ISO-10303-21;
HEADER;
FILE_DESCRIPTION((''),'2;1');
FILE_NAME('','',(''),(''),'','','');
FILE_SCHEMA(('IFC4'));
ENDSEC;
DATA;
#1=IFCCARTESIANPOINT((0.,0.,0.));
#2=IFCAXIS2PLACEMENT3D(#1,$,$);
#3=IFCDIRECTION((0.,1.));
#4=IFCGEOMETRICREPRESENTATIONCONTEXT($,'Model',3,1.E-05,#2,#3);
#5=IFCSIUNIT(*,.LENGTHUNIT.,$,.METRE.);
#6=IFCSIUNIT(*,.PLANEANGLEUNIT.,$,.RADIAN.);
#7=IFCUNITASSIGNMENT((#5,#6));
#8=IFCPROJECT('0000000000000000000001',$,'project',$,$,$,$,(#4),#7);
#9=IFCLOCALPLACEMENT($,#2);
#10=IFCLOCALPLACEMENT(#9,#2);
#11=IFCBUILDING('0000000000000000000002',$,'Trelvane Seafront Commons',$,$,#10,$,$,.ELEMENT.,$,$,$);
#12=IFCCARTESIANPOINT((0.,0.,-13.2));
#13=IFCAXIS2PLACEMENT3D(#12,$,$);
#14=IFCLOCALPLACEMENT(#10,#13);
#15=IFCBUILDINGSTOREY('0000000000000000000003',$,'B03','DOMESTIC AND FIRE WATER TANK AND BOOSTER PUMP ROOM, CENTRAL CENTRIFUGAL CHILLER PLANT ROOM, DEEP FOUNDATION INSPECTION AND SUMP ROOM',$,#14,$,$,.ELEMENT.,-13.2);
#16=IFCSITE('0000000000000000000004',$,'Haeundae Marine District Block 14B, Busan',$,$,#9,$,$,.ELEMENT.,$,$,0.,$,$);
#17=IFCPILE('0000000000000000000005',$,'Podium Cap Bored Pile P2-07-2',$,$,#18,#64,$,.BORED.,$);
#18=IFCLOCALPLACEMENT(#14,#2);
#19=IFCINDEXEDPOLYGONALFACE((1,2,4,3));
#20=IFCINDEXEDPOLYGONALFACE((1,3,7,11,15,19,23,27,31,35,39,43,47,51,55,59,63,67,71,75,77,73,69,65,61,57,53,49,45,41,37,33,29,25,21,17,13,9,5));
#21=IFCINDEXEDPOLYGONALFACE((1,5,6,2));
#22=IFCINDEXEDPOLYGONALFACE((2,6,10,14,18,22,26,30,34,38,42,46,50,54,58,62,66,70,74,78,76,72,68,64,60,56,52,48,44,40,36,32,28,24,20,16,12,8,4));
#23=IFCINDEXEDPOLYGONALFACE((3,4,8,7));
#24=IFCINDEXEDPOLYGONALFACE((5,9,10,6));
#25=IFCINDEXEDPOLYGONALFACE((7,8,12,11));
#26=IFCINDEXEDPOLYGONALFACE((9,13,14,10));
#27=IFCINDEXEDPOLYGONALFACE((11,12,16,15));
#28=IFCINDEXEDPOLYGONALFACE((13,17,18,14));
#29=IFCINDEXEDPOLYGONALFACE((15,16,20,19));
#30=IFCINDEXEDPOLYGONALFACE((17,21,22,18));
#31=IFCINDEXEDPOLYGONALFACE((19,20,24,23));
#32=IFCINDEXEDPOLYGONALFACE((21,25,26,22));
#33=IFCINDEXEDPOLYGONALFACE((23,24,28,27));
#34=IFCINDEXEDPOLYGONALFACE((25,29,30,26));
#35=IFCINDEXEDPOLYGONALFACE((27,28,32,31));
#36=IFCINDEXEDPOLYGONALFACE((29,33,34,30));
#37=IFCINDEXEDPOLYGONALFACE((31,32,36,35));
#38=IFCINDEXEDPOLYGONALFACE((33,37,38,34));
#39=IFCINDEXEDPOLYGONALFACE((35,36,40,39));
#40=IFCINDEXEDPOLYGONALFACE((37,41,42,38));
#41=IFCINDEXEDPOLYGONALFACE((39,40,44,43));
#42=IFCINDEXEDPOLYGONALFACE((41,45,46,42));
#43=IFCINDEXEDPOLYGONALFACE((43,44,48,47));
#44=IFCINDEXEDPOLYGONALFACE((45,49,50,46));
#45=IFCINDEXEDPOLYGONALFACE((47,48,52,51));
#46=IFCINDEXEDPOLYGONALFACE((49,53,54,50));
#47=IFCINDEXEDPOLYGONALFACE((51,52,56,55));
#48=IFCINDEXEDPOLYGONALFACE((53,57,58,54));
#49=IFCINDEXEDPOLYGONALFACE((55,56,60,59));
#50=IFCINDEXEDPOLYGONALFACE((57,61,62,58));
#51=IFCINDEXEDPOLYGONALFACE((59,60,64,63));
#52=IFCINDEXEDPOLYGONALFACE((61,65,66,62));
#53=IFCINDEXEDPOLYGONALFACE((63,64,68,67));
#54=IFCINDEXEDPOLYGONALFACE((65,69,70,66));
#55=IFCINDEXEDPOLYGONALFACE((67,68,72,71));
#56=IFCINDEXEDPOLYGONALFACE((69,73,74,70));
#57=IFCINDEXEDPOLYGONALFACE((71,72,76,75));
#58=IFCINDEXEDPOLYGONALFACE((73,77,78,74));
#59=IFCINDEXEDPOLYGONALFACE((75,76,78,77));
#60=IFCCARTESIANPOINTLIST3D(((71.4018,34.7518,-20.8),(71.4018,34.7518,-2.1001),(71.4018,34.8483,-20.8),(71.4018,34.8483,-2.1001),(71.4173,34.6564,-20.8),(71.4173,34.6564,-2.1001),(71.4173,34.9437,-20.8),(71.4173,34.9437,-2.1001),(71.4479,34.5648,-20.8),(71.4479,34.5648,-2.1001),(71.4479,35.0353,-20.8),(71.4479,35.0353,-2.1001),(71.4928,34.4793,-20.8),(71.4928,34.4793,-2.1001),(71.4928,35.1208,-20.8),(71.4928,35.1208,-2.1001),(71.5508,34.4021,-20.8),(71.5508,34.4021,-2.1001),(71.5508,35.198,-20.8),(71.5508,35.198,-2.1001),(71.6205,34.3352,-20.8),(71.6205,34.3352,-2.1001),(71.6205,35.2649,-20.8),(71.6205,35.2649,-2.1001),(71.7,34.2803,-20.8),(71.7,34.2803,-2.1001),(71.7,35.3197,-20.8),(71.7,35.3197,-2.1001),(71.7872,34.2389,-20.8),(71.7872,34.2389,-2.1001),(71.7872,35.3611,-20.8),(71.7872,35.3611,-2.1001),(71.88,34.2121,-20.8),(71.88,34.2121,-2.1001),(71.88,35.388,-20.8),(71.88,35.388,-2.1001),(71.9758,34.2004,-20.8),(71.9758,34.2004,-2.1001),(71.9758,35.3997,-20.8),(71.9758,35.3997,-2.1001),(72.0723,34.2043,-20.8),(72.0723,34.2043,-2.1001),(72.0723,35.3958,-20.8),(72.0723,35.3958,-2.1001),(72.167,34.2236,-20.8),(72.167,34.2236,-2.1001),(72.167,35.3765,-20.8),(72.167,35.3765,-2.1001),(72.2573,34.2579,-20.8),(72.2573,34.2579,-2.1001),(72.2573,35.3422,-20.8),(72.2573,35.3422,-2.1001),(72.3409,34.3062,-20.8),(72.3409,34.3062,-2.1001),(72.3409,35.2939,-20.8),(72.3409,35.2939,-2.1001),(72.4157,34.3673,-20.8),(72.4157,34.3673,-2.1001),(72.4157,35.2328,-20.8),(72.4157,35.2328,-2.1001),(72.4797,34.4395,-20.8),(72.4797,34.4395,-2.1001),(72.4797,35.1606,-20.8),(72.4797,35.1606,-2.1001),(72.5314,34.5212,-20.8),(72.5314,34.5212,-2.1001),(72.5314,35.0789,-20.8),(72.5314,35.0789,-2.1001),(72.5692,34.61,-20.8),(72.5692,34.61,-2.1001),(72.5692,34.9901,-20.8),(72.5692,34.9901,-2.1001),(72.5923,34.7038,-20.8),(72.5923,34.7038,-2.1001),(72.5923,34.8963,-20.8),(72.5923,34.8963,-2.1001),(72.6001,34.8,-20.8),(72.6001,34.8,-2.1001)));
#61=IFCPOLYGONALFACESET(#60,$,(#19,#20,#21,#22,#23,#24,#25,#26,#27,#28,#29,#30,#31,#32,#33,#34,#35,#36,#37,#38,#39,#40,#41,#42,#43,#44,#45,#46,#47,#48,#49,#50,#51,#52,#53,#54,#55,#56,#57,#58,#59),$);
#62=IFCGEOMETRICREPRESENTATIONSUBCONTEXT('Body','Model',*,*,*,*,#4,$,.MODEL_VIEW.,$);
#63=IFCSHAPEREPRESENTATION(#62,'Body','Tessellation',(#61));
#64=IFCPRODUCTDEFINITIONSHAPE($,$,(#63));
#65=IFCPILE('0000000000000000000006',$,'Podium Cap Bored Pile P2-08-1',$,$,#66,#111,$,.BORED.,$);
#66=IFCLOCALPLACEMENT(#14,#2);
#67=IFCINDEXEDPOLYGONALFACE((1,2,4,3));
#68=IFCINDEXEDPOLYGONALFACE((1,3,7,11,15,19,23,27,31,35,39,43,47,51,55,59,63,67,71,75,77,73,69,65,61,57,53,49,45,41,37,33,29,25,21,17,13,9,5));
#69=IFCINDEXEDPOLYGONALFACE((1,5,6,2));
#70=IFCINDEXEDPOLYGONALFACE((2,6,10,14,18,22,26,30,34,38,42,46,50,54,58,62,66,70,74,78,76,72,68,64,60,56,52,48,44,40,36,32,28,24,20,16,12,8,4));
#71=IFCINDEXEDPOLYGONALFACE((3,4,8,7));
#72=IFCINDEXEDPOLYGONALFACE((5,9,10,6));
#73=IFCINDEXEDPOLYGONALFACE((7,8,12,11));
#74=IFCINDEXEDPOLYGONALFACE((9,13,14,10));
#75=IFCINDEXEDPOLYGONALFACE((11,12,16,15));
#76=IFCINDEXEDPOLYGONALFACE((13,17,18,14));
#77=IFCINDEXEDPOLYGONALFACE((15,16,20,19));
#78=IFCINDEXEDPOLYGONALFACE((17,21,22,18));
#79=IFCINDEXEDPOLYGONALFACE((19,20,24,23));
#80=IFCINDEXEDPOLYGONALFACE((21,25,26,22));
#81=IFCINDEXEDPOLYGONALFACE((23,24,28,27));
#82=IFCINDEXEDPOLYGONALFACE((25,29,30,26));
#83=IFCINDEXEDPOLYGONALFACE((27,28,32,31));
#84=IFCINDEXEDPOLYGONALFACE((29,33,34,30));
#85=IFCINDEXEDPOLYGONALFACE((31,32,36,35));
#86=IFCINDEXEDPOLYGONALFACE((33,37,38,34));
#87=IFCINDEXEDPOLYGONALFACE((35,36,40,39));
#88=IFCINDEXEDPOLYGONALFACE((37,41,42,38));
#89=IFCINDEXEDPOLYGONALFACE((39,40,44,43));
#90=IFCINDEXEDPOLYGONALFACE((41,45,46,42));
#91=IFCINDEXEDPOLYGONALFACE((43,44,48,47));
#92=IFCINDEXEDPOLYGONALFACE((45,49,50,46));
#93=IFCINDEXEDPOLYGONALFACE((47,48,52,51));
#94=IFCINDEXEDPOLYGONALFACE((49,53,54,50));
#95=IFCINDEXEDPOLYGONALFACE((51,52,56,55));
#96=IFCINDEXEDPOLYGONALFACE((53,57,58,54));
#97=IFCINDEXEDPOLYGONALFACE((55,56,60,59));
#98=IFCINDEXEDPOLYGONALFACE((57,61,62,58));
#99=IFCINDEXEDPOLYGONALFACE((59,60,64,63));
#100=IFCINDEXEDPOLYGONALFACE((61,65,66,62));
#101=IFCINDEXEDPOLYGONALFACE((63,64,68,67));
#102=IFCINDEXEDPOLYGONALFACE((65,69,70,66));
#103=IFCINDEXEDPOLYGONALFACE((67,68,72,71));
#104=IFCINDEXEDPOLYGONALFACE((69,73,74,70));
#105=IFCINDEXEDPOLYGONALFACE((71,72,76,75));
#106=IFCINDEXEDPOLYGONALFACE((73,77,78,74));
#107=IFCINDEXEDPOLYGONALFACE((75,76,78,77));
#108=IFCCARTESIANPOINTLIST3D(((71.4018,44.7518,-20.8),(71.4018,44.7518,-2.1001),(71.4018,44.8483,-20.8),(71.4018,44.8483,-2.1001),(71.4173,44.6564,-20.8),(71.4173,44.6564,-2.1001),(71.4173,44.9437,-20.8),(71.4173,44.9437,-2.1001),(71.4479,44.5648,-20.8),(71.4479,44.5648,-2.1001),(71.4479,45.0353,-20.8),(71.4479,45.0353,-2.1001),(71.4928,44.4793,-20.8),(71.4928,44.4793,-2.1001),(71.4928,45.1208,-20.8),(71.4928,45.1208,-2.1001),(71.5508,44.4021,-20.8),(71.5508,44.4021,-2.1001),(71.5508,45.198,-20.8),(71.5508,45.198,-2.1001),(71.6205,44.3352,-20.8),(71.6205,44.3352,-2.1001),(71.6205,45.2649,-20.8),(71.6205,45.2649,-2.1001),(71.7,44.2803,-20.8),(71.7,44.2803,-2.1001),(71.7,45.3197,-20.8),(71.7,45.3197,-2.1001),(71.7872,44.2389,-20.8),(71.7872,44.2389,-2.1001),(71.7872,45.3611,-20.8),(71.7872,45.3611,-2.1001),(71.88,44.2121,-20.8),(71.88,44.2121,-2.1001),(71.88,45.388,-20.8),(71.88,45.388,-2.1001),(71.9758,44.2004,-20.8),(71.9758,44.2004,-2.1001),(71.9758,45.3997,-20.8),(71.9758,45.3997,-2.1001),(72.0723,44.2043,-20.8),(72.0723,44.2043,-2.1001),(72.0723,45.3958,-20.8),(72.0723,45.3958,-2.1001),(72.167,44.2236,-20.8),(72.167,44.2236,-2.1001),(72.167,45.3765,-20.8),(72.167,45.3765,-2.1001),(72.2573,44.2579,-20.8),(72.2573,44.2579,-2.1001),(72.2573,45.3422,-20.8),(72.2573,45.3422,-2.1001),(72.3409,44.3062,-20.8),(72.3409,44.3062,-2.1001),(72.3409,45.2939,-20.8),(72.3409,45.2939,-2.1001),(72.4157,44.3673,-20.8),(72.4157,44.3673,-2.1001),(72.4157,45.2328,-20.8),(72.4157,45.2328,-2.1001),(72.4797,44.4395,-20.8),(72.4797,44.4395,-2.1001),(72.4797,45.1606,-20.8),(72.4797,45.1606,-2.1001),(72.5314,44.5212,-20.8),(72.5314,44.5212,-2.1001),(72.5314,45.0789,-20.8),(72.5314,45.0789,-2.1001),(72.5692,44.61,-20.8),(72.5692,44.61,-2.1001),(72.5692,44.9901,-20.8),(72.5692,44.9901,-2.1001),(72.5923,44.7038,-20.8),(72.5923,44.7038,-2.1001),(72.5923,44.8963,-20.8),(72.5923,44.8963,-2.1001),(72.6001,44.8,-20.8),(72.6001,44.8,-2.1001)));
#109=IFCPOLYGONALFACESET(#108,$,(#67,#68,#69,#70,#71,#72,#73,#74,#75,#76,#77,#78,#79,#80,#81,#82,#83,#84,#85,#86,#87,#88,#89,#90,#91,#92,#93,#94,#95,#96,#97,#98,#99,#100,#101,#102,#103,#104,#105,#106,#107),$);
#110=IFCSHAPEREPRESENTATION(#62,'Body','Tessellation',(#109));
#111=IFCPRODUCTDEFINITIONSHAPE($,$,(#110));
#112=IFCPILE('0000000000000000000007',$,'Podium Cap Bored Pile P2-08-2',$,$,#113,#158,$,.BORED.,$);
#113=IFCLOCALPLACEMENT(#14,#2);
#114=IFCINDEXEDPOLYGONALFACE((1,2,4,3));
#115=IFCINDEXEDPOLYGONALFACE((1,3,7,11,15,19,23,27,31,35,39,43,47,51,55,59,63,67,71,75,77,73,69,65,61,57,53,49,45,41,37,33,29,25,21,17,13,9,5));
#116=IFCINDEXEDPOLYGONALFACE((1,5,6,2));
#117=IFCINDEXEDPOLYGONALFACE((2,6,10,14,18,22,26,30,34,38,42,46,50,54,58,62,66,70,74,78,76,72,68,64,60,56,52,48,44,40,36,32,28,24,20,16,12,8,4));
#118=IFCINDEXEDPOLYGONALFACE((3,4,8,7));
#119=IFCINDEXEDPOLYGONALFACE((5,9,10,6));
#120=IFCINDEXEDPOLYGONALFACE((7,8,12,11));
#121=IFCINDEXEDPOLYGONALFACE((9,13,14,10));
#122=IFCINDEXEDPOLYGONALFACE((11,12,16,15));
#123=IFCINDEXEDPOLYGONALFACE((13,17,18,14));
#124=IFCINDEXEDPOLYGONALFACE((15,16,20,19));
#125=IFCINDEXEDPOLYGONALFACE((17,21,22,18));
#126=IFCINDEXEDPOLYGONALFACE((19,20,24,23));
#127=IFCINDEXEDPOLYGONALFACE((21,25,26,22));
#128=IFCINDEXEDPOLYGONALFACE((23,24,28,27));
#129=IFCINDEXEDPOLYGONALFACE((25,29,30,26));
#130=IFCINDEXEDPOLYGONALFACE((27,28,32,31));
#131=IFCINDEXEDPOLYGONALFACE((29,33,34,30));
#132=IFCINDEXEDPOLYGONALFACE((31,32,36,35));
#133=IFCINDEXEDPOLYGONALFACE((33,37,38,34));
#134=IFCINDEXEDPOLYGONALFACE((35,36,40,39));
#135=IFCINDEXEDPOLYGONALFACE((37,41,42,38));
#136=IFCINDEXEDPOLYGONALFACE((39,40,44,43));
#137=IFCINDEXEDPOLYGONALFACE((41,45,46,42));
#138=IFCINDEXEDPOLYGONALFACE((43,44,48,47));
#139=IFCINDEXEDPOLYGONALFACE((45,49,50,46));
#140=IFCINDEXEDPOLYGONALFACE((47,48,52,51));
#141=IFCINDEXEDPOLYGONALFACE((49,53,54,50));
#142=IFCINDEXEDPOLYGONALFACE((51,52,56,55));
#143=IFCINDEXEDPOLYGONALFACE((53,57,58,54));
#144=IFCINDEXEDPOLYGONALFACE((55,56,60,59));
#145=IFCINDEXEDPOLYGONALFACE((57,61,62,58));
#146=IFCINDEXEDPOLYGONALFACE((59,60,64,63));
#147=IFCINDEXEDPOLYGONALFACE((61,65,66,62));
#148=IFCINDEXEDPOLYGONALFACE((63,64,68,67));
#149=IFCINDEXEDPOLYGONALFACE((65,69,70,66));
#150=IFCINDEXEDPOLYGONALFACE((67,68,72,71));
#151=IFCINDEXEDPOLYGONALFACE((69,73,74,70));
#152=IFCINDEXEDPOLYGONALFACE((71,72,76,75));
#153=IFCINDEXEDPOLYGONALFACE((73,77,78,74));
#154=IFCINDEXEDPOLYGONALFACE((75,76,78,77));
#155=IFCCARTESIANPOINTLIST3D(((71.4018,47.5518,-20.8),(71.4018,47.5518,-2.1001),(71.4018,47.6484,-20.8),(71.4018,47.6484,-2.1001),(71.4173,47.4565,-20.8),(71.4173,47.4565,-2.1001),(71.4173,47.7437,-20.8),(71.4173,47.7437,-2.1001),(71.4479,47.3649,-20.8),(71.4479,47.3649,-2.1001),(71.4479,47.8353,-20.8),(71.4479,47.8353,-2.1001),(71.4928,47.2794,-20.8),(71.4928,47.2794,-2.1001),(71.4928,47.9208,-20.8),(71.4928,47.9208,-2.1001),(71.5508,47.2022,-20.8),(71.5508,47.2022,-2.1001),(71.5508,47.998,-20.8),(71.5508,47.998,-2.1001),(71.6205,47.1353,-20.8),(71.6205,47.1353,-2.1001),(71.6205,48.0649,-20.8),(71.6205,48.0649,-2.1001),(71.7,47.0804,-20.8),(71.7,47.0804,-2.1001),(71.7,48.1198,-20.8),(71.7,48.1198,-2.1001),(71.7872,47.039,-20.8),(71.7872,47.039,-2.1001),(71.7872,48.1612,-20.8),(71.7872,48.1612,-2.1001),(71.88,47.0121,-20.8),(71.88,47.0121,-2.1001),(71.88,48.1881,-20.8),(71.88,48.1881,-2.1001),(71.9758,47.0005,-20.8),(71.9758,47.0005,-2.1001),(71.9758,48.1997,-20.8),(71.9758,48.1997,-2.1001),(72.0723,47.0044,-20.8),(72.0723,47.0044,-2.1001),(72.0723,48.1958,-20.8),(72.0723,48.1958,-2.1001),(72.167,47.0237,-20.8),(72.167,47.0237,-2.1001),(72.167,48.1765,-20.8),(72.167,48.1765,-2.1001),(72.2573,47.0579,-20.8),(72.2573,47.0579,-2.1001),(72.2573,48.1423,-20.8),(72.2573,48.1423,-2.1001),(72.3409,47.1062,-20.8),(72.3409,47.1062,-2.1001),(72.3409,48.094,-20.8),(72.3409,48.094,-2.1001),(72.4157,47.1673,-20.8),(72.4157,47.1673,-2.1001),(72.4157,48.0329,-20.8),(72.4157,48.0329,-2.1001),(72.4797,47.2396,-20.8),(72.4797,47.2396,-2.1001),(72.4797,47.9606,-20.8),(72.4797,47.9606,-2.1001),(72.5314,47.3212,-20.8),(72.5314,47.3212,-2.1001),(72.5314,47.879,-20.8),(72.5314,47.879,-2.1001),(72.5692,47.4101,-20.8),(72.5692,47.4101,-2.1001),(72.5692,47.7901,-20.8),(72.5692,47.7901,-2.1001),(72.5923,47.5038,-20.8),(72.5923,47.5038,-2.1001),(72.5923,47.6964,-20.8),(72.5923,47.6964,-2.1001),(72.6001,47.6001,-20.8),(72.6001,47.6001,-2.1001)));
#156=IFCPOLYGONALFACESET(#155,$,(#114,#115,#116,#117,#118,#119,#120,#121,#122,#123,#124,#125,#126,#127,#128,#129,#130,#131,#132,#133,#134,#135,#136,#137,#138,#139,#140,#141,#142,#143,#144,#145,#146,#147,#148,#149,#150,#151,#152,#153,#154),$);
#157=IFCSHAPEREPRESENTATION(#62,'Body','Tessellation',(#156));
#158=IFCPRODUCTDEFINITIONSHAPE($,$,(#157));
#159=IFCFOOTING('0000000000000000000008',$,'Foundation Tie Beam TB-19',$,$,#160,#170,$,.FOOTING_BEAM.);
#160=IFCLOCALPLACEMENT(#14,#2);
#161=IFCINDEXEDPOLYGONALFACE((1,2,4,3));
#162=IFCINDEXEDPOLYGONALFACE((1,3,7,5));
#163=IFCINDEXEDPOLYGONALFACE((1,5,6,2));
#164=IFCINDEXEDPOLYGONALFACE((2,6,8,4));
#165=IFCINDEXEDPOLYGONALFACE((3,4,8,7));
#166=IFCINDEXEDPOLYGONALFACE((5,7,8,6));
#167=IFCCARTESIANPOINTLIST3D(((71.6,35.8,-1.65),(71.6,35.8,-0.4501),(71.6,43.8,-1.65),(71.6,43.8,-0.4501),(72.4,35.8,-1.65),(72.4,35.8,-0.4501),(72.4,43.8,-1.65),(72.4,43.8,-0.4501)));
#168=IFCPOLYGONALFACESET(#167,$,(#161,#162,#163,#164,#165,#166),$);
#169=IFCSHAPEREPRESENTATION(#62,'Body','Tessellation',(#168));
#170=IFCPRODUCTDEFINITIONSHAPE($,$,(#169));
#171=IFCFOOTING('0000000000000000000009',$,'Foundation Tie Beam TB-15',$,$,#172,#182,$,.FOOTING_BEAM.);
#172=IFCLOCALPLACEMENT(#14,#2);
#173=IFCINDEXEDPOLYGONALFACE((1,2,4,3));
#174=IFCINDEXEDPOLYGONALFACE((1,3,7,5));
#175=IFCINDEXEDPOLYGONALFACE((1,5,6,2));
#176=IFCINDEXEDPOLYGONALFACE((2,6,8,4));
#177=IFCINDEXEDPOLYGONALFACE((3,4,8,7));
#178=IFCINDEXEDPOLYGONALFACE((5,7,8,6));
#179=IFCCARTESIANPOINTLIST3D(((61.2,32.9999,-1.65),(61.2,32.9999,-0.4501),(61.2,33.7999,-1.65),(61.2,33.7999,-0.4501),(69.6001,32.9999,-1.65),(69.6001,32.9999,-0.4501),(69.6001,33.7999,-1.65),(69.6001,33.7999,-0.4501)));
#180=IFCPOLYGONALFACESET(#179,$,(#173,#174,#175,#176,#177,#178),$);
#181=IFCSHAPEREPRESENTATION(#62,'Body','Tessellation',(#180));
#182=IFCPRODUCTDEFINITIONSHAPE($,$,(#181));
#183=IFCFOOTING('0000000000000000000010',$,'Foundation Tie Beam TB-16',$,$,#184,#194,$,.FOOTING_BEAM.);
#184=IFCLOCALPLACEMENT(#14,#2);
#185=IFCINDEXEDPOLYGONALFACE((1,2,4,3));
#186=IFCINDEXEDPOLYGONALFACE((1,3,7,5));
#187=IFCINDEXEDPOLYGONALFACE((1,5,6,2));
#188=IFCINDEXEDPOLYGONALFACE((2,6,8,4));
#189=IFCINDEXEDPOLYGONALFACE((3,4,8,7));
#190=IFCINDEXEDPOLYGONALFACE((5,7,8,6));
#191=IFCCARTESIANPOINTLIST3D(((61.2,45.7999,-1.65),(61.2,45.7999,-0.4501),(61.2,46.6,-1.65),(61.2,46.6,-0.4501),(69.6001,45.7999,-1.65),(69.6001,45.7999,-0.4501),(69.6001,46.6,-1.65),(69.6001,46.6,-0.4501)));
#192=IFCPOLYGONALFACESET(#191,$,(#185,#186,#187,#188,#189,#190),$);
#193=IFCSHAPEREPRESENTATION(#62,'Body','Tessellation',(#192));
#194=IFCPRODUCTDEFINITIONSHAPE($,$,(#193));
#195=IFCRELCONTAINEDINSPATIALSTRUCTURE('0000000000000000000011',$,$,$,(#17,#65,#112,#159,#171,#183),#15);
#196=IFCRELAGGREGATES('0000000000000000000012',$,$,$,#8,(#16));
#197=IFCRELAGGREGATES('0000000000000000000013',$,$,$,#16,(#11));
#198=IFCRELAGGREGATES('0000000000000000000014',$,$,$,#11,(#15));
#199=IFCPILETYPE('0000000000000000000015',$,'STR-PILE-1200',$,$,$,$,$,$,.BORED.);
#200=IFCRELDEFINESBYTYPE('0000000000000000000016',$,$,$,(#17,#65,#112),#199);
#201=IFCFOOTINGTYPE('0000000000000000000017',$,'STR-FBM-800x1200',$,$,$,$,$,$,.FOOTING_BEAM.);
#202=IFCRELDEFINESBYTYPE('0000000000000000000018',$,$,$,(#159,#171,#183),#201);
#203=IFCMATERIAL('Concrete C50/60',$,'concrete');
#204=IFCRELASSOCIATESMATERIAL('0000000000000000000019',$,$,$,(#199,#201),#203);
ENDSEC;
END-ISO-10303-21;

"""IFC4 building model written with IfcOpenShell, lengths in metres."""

from ifc_helpers import new_model, si_unit, direction, frame, origin, origin_2d, place, context, subcontext, project, spatial, rectangle, circle, extrude, source, transform, mapped, material, material_profile, profile_set, type_object, element, save


model = new_model("IFC4")

# Units and contexts
model_context = context("Model", 3, precision=1e-05, world=origin(), true_north=direction((0.0, 1.0)))
body_context = subcontext(model_context, "Body", "Model", "MODEL_VIEW")
ifc_project = project(units=[si_unit("LENGTHUNIT", "METRE"), si_unit("PLANEANGLEUNIT", "RADIAN")], contexts=[model_context])

# Site, building, storey
site_placement = place(None, origin())
site = spatial("IfcSite", under=ifc_project, at=site_placement, Name="Haeundae Marine District Block 14B, Busan", CompositionType="ELEMENT", RefElevation=0.0)
building_placement = place(site_placement, origin())
building = spatial("IfcBuilding", under=site, at=building_placement, Name="Trelvane Seafront Commons", CompositionType="ELEMENT")
storey_placement = place(building_placement, frame((0.0, 0.0, -13.2)))
storey = spatial("IfcBuildingStorey", under=building, at=storey_placement, Name="B03", Description="DOMESTIC AND FIRE WATER TANK AND BOOSTER PUMP ROOM, CENTRAL CENTRIFUGAL CHILLER PLANT ROOM, DEEP FOUNDATION INSPECTION AND SUMP ROOM", CompositionType="ELEMENT", Elevation=-13.2)

# Piles
ifc_material_1 = material(Name="Concrete C50/60", Category="concrete")
ifc_material_profile_1 = material_profile(ifc_material_1, circle(Radius=0.6001, at=origin_2d()), Name="PILE-1200")
ifc_profile_set_1 = profile_set([ifc_material_profile_1], Name="Concrete C50/60")
pile_type_1 = type_object("IfcPileType", Name="STR-PILE-1200", PredefinedType="BORED", material=ifc_profile_set_1)
shared_shape_1 = source(origin(), body_context, "Body", "SweptSolid", [
    extrude(circle(Radius=0.6001, at=origin_2d()), origin(), (0.0, 0.0, 1.0), 18.7),
])
for number, where, z_axis, x_axis, name in (
    (1, (72.0, 34.8, -2.1001), (0.0, 0.0, -1.0), (1.0, 0.0, 0.0), "Podium Cap Bored Pile P2-07-2"),
    (2, (72.0, 44.8, -2.1001), (0.0, 0.0, -1.0), (1.0, 0.0, 0.0), "Podium Cap Bored Pile P2-08-1"),
    (3, (72.0, 47.6001, -2.1001), (0.0, 0.0, -1.0), (1.0, 0.0, 0.0), "Podium Cap Bored Pile P2-08-2"),
):
    element("IfcPile", number, at=place(storey_placement, frame(where, z_axis=z_axis, x_axis=x_axis)), inside=storey, type_object=pile_type_1, Name=name, PredefinedType="BORED", context=body_context, shape_type="MappedRepresentation", body=[
        mapped(shared_shape_1, transform((0.0, 0.0, 0.0), x_axis=(1.0, 0.0, 0.0), y_axis=(0.0, 1.0, 0.0), z_axis=(0.0, 0.0, 1.0), scale=1.0)),
    ])

# Footings
ifc_material_profile_2 = material_profile(ifc_material_1, rectangle(XDim=0.8, YDim=1.2, at=origin_2d()), Name="TB-800x1200")
ifc_profile_set_2 = profile_set([ifc_material_profile_2], Name="Concrete C50/60")
footing_type = type_object("IfcFootingType", Name="STR-FBM-800x1200", PredefinedType="FOOTING_BEAM", material=ifc_profile_set_2)
shared_shape_2 = source(origin(), body_context, "Body", "SweptSolid", [
    extrude(rectangle(XDim=0.8, YDim=1.2, at=origin_2d()), origin(), (0.0, 0.0, 1.0), 8.0),
])
footing_placement = place(storey_placement, frame((72.0, 35.8, -1.05), z_axis=(0.0, 1.0, 0.0), x_axis=(-1.0, 0.0, 0.0)))
element("IfcFooting", 4, at=footing_placement, inside=storey, type_object=footing_type, Name="Foundation Tie Beam TB-19", PredefinedType="FOOTING_BEAM", context=body_context, shape_type="MappedRepresentation", body=[
    mapped(shared_shape_2, transform((0.0, 0.0, 0.0), x_axis=(1.0, 0.0, 0.0), y_axis=(0.0, 1.0, 0.0), z_axis=(0.0, 0.0, 1.0), scale=1.0)),
])
shared_shape_3 = source(origin(), body_context, "Body", "SweptSolid", [
    extrude(rectangle(XDim=0.8, YDim=1.2, at=origin_2d()), origin(), (0.0, 0.0, 1.0), 8.4001),
])
for number, where, z_axis, x_axis, name in (
    (5, (61.2, 33.3999, -1.05), (1.0, 0.0, 0.0), (0.0, 1.0, 0.0), "Foundation Tie Beam TB-15"),
    (6, (61.2, 46.2, -1.05), (1.0, 0.0, 0.0), (0.0, 1.0, 0.0), "Foundation Tie Beam TB-16"),
):
    element("IfcFooting", number, at=place(storey_placement, frame(where, z_axis=z_axis, x_axis=x_axis)), inside=storey, type_object=footing_type, Name=name, PredefinedType="FOOTING_BEAM", context=body_context, shape_type="MappedRepresentation", body=[
        mapped(shared_shape_3, transform((0.0, 0.0, 0.0), x_axis=(1.0, 0.0, 0.0), y_axis=(0.0, 1.0, 0.0), z_axis=(0.0, 0.0, 1.0), scale=1.0)),
    ])

save(model, "model.ifc")
